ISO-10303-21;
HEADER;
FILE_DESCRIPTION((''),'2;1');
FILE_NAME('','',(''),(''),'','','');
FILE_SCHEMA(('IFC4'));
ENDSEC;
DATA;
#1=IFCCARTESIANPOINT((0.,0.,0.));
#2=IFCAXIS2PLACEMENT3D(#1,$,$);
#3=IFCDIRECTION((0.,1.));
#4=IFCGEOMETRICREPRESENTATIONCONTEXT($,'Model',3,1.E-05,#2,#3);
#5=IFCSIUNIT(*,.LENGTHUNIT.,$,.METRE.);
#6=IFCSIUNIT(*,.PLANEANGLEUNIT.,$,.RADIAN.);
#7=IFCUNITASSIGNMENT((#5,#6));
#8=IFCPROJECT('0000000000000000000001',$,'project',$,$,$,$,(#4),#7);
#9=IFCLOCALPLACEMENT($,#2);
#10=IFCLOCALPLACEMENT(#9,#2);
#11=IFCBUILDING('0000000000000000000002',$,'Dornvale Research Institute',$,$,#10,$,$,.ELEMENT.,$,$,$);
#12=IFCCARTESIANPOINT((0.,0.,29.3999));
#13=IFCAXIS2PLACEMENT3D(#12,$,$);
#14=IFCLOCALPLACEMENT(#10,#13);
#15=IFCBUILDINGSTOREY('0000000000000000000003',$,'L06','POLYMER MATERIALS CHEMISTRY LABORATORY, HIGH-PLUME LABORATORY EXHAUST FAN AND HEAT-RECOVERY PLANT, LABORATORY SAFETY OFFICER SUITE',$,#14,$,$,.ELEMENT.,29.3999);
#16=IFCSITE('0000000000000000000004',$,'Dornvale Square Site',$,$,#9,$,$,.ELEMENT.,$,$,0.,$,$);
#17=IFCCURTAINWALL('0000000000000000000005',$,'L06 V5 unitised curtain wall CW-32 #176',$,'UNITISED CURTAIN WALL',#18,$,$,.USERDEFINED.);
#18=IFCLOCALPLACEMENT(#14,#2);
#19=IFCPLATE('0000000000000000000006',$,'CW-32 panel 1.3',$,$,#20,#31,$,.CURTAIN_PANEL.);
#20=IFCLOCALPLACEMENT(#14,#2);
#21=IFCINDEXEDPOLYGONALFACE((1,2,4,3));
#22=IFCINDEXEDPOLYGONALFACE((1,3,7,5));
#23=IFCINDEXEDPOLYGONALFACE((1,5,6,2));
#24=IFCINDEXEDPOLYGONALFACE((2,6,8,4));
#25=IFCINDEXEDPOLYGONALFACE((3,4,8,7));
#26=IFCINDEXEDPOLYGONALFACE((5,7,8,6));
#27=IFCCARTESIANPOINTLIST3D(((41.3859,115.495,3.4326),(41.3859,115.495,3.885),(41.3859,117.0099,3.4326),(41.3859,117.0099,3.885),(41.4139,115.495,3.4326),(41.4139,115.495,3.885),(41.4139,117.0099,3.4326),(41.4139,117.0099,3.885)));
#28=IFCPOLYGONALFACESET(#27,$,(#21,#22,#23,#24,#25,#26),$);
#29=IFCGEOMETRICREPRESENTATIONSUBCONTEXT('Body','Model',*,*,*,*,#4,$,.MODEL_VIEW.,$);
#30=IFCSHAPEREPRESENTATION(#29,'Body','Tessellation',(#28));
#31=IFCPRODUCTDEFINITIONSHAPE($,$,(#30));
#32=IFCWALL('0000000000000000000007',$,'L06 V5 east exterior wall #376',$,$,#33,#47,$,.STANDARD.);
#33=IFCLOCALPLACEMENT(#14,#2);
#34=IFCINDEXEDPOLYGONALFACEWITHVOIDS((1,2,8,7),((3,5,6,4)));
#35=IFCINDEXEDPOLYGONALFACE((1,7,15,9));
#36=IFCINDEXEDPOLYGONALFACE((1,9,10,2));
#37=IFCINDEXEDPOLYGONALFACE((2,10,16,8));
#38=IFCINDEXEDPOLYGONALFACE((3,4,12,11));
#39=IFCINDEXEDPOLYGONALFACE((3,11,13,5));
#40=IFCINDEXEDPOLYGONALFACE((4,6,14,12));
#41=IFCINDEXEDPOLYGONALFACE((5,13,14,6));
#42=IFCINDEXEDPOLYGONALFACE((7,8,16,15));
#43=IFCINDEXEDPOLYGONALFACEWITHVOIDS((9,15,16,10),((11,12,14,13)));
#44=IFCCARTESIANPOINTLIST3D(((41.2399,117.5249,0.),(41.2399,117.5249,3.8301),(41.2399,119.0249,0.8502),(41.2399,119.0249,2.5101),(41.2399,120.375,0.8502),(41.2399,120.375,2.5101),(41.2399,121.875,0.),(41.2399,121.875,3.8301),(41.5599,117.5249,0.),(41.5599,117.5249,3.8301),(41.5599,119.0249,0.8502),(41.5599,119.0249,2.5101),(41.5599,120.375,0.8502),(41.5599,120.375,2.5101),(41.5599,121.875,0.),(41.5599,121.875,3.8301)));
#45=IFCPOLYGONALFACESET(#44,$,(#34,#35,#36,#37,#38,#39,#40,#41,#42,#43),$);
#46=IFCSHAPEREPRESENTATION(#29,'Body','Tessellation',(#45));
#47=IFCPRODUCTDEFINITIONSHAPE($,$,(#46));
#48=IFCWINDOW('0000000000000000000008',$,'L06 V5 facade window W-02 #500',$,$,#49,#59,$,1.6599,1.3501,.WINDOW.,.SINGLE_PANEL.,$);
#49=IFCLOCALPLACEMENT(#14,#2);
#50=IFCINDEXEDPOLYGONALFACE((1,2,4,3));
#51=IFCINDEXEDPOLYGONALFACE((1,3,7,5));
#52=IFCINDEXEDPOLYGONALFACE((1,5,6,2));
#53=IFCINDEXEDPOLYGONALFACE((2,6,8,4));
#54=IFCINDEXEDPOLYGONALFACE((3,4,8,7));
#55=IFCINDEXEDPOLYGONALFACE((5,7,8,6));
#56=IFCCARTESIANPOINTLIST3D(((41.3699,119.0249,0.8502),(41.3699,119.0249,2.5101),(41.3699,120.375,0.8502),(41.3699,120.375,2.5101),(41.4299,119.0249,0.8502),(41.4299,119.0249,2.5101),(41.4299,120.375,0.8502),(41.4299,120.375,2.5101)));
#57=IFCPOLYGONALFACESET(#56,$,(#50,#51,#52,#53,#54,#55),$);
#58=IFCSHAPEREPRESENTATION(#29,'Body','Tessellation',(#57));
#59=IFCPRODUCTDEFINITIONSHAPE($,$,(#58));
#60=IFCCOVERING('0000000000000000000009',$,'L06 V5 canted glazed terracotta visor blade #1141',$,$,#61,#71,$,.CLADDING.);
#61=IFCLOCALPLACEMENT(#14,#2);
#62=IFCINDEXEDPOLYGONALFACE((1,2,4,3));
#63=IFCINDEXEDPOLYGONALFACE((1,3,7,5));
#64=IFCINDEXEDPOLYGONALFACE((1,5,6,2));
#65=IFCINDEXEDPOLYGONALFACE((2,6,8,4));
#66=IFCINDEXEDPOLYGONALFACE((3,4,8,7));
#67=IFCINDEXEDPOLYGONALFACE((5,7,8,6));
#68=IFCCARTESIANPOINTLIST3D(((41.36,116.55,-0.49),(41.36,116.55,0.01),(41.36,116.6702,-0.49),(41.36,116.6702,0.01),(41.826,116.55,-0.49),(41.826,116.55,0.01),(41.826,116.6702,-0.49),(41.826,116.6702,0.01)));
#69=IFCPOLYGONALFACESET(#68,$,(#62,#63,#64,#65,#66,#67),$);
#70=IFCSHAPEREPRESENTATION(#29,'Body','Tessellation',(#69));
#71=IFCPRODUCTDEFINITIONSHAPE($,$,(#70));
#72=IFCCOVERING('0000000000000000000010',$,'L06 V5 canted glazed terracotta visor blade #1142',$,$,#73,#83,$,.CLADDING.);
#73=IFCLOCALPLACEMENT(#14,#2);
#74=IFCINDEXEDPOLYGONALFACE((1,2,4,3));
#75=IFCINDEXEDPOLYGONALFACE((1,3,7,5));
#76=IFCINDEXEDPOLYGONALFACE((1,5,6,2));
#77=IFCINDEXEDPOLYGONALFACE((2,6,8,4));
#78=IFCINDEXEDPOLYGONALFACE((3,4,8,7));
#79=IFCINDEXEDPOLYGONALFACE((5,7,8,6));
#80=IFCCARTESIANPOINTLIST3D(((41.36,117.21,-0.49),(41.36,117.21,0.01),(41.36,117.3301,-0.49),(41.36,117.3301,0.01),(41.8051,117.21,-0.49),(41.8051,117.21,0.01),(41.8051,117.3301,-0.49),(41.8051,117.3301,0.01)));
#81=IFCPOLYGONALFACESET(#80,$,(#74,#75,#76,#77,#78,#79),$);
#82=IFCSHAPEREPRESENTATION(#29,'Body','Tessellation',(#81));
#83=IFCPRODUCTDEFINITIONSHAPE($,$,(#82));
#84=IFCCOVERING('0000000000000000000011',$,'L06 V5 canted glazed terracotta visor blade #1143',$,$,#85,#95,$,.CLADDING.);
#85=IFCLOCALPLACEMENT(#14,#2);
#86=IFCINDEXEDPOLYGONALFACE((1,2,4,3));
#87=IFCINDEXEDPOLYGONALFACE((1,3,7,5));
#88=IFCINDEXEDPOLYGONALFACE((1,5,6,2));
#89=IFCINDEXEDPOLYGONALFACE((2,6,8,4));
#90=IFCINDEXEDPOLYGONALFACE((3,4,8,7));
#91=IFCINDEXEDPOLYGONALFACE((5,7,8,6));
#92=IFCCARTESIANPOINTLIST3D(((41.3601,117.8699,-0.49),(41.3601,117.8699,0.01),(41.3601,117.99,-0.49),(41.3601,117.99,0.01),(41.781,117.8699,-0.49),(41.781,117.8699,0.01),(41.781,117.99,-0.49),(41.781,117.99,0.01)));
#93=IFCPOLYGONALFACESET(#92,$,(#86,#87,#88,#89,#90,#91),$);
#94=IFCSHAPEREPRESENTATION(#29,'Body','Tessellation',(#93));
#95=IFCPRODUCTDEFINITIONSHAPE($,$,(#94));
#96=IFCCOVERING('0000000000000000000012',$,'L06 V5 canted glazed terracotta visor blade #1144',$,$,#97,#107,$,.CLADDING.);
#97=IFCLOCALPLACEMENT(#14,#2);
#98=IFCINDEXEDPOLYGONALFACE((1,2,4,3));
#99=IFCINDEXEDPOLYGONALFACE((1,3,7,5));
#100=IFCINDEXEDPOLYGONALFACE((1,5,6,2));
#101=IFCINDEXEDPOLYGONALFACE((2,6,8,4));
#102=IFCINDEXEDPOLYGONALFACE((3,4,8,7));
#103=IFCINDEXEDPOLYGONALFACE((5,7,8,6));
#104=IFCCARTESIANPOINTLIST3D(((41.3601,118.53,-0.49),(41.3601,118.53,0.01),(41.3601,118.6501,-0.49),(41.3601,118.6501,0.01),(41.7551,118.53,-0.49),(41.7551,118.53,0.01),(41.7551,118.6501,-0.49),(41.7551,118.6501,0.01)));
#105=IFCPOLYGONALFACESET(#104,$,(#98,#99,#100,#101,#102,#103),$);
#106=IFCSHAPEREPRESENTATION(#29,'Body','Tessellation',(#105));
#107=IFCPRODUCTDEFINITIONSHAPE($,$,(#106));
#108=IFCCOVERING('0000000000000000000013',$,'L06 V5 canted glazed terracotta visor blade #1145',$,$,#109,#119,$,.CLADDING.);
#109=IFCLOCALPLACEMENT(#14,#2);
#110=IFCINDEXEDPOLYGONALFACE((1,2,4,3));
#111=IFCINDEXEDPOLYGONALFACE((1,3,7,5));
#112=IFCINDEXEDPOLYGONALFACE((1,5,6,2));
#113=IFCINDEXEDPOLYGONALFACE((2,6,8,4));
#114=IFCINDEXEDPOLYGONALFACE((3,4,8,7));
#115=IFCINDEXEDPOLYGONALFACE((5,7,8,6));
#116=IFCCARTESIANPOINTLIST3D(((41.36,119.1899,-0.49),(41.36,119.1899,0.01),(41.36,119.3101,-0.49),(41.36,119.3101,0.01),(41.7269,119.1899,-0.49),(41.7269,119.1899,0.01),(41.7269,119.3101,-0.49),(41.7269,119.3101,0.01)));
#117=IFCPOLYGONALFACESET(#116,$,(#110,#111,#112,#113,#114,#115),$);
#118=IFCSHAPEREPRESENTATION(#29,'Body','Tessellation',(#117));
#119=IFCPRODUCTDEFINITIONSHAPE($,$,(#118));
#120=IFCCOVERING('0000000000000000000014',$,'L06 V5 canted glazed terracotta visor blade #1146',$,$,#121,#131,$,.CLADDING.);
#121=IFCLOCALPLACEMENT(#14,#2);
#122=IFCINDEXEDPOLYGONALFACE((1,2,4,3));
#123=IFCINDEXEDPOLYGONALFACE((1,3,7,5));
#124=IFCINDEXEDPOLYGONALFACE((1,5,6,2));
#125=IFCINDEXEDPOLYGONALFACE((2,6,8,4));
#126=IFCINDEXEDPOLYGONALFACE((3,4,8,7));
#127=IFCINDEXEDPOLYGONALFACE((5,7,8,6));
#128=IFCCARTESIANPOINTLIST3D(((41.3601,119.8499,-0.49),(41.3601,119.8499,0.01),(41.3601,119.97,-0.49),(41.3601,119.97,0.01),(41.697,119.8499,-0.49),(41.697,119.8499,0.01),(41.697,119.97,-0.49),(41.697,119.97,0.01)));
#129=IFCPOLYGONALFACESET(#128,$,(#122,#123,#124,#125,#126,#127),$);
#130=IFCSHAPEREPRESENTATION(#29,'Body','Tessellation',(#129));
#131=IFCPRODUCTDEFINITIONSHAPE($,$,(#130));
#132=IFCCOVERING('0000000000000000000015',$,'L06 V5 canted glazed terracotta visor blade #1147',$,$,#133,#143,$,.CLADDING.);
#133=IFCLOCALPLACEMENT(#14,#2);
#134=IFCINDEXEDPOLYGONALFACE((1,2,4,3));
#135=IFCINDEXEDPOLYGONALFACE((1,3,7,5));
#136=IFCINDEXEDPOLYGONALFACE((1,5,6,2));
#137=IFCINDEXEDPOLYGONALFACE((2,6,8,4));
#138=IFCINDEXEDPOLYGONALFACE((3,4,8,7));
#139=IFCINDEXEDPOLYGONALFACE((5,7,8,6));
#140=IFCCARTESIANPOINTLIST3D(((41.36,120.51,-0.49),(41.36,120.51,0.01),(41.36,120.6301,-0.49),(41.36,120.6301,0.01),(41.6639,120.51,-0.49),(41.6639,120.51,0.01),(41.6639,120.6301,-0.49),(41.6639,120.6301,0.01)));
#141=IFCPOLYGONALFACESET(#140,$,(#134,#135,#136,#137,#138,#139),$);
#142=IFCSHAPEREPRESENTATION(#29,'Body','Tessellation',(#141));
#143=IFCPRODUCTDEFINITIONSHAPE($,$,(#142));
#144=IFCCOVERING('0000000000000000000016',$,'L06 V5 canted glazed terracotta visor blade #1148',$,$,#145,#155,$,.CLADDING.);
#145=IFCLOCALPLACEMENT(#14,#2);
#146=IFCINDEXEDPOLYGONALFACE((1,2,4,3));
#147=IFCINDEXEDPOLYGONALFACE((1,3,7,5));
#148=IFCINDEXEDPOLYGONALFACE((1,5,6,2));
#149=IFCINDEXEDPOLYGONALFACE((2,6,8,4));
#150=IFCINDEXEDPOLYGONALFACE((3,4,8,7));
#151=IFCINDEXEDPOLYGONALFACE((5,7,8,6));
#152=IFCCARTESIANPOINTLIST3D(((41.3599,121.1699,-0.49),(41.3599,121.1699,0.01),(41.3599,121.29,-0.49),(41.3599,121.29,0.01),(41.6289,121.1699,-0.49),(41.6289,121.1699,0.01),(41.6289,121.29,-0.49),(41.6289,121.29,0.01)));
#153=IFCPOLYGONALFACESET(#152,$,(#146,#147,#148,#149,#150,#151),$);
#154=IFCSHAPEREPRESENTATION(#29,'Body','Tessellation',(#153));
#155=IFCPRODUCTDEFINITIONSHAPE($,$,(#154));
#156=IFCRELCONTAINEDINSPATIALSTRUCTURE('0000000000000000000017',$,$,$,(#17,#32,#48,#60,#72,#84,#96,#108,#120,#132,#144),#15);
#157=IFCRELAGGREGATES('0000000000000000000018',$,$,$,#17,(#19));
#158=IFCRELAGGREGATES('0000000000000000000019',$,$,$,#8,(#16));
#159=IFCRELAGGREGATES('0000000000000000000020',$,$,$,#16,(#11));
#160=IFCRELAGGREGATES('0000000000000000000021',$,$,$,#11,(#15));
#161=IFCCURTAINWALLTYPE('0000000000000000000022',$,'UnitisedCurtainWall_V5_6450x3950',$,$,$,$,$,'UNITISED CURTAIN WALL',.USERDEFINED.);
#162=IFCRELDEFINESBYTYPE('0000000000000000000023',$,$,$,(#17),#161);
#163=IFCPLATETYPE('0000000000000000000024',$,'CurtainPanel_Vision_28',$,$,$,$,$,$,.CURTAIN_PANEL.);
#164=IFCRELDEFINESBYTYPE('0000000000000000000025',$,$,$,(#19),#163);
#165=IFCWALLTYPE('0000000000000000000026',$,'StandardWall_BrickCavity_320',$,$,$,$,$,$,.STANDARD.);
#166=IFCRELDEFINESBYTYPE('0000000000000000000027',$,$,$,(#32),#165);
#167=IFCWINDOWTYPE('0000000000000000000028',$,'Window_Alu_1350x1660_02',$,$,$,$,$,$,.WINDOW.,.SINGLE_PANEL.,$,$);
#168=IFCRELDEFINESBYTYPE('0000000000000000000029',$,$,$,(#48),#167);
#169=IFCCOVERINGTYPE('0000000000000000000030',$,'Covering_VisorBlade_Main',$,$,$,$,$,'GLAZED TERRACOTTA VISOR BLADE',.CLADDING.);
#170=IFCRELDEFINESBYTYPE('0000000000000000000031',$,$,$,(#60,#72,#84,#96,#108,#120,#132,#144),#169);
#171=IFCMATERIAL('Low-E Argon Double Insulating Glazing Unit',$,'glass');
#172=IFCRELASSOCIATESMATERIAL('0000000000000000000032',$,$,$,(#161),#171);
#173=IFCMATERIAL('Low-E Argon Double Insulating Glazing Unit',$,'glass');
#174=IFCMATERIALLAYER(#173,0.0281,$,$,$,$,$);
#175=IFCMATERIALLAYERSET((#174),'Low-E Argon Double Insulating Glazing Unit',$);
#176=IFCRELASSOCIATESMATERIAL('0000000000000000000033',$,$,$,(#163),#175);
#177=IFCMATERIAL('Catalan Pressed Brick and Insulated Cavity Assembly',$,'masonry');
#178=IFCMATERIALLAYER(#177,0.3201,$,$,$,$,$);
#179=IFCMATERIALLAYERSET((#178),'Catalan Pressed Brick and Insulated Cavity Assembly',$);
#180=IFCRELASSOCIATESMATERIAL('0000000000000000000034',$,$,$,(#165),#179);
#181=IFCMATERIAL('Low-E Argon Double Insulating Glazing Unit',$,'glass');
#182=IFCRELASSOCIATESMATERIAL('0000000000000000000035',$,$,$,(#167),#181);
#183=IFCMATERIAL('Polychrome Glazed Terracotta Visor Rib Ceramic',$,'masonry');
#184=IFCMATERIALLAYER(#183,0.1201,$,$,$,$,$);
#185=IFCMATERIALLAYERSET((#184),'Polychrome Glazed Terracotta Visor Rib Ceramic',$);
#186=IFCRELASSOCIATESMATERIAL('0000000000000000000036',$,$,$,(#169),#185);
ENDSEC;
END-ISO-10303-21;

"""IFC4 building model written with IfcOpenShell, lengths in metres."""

from ifc_helpers import new_model, si_unit, direction, frame, frame_2d, origin, origin_2d, place, context, subcontext, project, spatial, rectangle, extrude, material, layer, layer_set, type_object, element, fill, aggregate, save


model = new_model("IFC4")

# Units and contexts
model_context = context("Model", 3, precision=1e-05, world=origin(), true_north=direction((0.0, 1.0)))
body_context = subcontext(model_context, "Body", "Model", "MODEL_VIEW")
ifc_project = project(units=[si_unit("LENGTHUNIT", "METRE"), si_unit("PLANEANGLEUNIT", "RADIAN")], contexts=[model_context])

# Site, building, storey
site_placement = place(None, origin())
site = spatial("IfcSite", under=ifc_project, at=site_placement, Name="Dornvale Square Site", CompositionType="ELEMENT", RefElevation=0.0)
building_placement = place(site_placement, origin())
building = spatial("IfcBuilding", under=site, at=building_placement, Name="Dornvale Research Institute", CompositionType="ELEMENT")
storey_placement = place(building_placement, frame((0.0, 0.0, 29.3999)))
storey = spatial("IfcBuildingStorey", under=building, at=storey_placement, Name="L06", Description="POLYMER MATERIALS CHEMISTRY LABORATORY, HIGH-PLUME LABORATORY EXHAUST FAN AND HEAT-RECOVERY PLANT, LABORATORY SAFETY OFFICER SUITE", CompositionType="ELEMENT", Elevation=29.3999)

# Curtain wall
ifc_material_1 = material(Name="Low-E Argon Double Insulating Glazing Unit", Category="glass")
curtain_wall_type_1 = type_object("IfcCurtainWallType", Name="UnitisedCurtainWall_V5_6450x3950", ElementType="UNITISED CURTAIN WALL", PredefinedType="USERDEFINED", material=ifc_material_1)
curtain_wall_1_placement = place(storey_placement, origin())
curtain_wall_1 = element("IfcCurtainWall", 1, at=curtain_wall_1_placement, inside=storey, type_object=curtain_wall_type_1, Name="L06 V5 unitised curtain wall CW-32 #176", ObjectType="UNITISED CURTAIN WALL", PredefinedType="USERDEFINED")

# Plate
ifc_material_2 = material(Name="Low-E Argon Double Insulating Glazing Unit", Category="glass")
ifc_layer_1 = layer(ifc_material_2, 0.0281)
ifc_layer_set_1 = layer_set([ifc_layer_1], Name="Low-E Argon Double Insulating Glazing Unit")
plate_type_1 = type_object("IfcPlateType", Name="CurtainPanel_Vision_28", PredefinedType="CURTAIN_PANEL", material=ifc_layer_set_1)
plate_1_placement = place(storey_placement, frame((41.3999, 116.2524, 3.4326), z_axis=(0.0, 0.0, 1.0), x_axis=(0.0, -1.0, 0.0)))
plate_1 = element("IfcPlate", 2, at=plate_1_placement, type_object=plate_type_1, Name="CW-32 panel 1.3", PredefinedType="CURTAIN_PANEL", context=body_context, shape_type="SweptSolid", body=[
    extrude(rectangle(XDim=1.5149, YDim=0.0281, at=origin_2d()), origin(), (0.0, 0.0, 1.0), 0.4524),
])
aggregate(curtain_wall_1, [plate_1])

# Wall, opening, window
ifc_material_3 = material(Name="Catalan Pressed Brick and Insulated Cavity Assembly", Category="masonry")
ifc_layer_2 = layer(ifc_material_3, 0.3201)
ifc_layer_set_2 = layer_set([ifc_layer_2], Name="Catalan Pressed Brick and Insulated Cavity Assembly")
wall_type = type_object("IfcWallType", Name="StandardWall_BrickCavity_320", PredefinedType="STANDARD", material=ifc_layer_set_2)
wall_placement = place(storey_placement, frame((41.3999, 121.875, 0.0), z_axis=(0.0, 0.0, 1.0), x_axis=(0.0, -1.0, 0.0)))
wall = element("IfcWall", 3, at=wall_placement, inside=storey, type_object=wall_type, Name="L06 V5 east exterior wall #376", PredefinedType="STANDARD", context=body_context, shape_type="SweptSolid", body=[
    extrude(rectangle(XDim=4.3501, YDim=0.3201, at=frame_2d((2.175, 0.0))), origin(), (0.0, 0.0, 1.0), 3.8301),
])
opening_placement = place(wall_placement, frame((1.5, 0.0, 0.8501)))
opening = element("IfcOpeningElement", 4, at=opening_placement, cuts=wall, PredefinedType="OPENING", context=body_context, shape_type="SweptSolid", body=[
    extrude(rectangle(XDim=1.3501, YDim=1.6599, at=frame_2d((0.675, 0.8301))), frame((0.0, 0.175, 0.0), z_axis=(0.0, -1.0, 0.0), x_axis=(1.0, 0.0, 0.0)), (0.0, 0.0, 1.0), 0.3501),
])
ifc_material_4 = material(Name="Low-E Argon Double Insulating Glazing Unit", Category="glass")
window_type = type_object("IfcWindowType", Name="Window_Alu_1350x1660_02", PartitioningType="SINGLE_PANEL", PredefinedType="WINDOW", material=ifc_material_4)
window_placement = place(opening_placement, origin())
window = element("IfcWindow", 5, at=window_placement, inside=storey, type_object=window_type, Name="L06 V5 facade window W-02 #500", OverallHeight=1.6599, OverallWidth=1.3501, PartitioningType="SINGLE_PANEL", PredefinedType="WINDOW", context=body_context, shape_type="SweptSolid", body=[
    extrude(rectangle(XDim=1.3501, YDim=1.6599, at=frame_2d((0.675, 0.8301))), frame((0.0, 0.03, 0.0), z_axis=(0.0, -1.0, 0.0), x_axis=(1.0, 0.0, 0.0)), (0.0, 0.0, 1.0), 0.0601),
])
fill(opening, window)

# Coverings
ifc_material_5 = material(Name="Polychrome Glazed Terracotta Visor Rib Ceramic", Category="masonry")
ifc_layer_3 = layer(ifc_material_5, 0.1201)
ifc_layer_set_3 = layer_set([ifc_layer_3], Name="Polychrome Glazed Terracotta Visor Rib Ceramic")
covering_type = type_object("IfcCoveringType", Name="Covering_VisorBlade_Main", ElementType="GLAZED TERRACOTTA VISOR BLADE", PredefinedType="CLADDING", material=ifc_layer_set_3)
covering_1_placement = place(storey_placement, frame((41.593, 116.6101, -0.49), z_axis=(0.0, 0.0, 1.0), x_axis=(1.0, 0.0, 0.0)))
element("IfcCovering", 6, at=covering_1_placement, inside=storey, type_object=covering_type, Name="L06 V5 canted glazed terracotta visor blade #1141", PredefinedType="CLADDING", context=body_context, shape_type="SweptSolid", body=[
    extrude(rectangle(XDim=0.4661, YDim=0.1201, at=origin_2d()), origin(), (0.0, 0.0, 1.0), 0.5),
])
covering_2_placement = place(storey_placement, frame((41.5825, 117.27, -0.49), z_axis=(0.0, 0.0, 1.0), x_axis=(1.0, 0.0, 0.0)))
element("IfcCovering", 7, at=covering_2_placement, inside=storey, type_object=covering_type, Name="L06 V5 canted glazed terracotta visor blade #1142", PredefinedType="CLADDING", context=body_context, shape_type="SweptSolid", body=[
    extrude(rectangle(XDim=0.4451, YDim=0.1201, at=origin_2d()), origin(), (0.0, 0.0, 1.0), 0.5),
])
covering_3_placement = place(storey_placement, frame((41.5706, 117.9299, -0.49), z_axis=(0.0, 0.0, 1.0), x_axis=(1.0, 0.0, 0.0)))
element("IfcCovering", 8, at=covering_3_placement, inside=storey, type_object=covering_type, Name="L06 V5 canted glazed terracotta visor blade #1143", PredefinedType="CLADDING", context=body_context, shape_type="SweptSolid", body=[
    extrude(rectangle(XDim=0.4209, YDim=0.1201, at=origin_2d()), origin(), (0.0, 0.0, 1.0), 0.5),
])
covering_4_placement = place(storey_placement, frame((41.5576, 118.5901, -0.49), z_axis=(0.0, 0.0, 1.0), x_axis=(1.0, 0.0, 0.0)))
element("IfcCovering", 9, at=covering_4_placement, inside=storey, type_object=covering_type, Name="L06 V5 canted glazed terracotta visor blade #1144", PredefinedType="CLADDING", context=body_context, shape_type="SweptSolid", body=[
    extrude(rectangle(XDim=0.395, YDim=0.1201, at=origin_2d()), origin(), (0.0, 0.0, 1.0), 0.5),
])
covering_5_placement = place(storey_placement, frame((41.5435, 119.25, -0.49), z_axis=(0.0, 0.0, 1.0), x_axis=(1.0, 0.0, 0.0)))
element("IfcCovering", 10, at=covering_5_placement, inside=storey, type_object=covering_type, Name="L06 V5 canted glazed terracotta visor blade #1145", PredefinedType="CLADDING", context=body_context, shape_type="SweptSolid", body=[
    extrude(rectangle(XDim=0.3669, YDim=0.1201, at=origin_2d()), origin(), (0.0, 0.0, 1.0), 0.5),
])
covering_6_placement = place(storey_placement, frame((41.5286, 119.9099, -0.49), z_axis=(0.0, 0.0, 1.0), x_axis=(1.0, 0.0, 0.0)))
element("IfcCovering", 11, at=covering_6_placement, inside=storey, type_object=covering_type, Name="L06 V5 canted glazed terracotta visor blade #1146", PredefinedType="CLADDING", context=body_context, shape_type="SweptSolid", body=[
    extrude(rectangle(XDim=0.3369, YDim=0.1201, at=origin_2d()), origin(), (0.0, 0.0, 1.0), 0.5),
])
covering_7_placement = place(storey_placement, frame((41.512, 120.5701, -0.49), z_axis=(0.0, 0.0, 1.0), x_axis=(1.0, 0.0, 0.0)))
element("IfcCovering", 12, at=covering_7_placement, inside=storey, type_object=covering_type, Name="L06 V5 canted glazed terracotta visor blade #1147", PredefinedType="CLADDING", context=body_context, shape_type="SweptSolid", body=[
    extrude(rectangle(XDim=0.304, YDim=0.1201, at=origin_2d()), origin(), (0.0, 0.0, 1.0), 0.5),
])
covering_8_placement = place(storey_placement, frame((41.4944, 121.23, -0.49), z_axis=(0.0, 0.0, 1.0), x_axis=(1.0, 0.0, 0.0)))
element("IfcCovering", 13, at=covering_8_placement, inside=storey, type_object=covering_type, Name="L06 V5 canted glazed terracotta visor blade #1148", PredefinedType="CLADDING", context=body_context, shape_type="SweptSolid", body=[
    extrude(rectangle(XDim=0.269, YDim=0.1201, at=origin_2d()), origin(), (0.0, 0.0, 1.0), 0.5),
])

save(model, "model.ifc")
